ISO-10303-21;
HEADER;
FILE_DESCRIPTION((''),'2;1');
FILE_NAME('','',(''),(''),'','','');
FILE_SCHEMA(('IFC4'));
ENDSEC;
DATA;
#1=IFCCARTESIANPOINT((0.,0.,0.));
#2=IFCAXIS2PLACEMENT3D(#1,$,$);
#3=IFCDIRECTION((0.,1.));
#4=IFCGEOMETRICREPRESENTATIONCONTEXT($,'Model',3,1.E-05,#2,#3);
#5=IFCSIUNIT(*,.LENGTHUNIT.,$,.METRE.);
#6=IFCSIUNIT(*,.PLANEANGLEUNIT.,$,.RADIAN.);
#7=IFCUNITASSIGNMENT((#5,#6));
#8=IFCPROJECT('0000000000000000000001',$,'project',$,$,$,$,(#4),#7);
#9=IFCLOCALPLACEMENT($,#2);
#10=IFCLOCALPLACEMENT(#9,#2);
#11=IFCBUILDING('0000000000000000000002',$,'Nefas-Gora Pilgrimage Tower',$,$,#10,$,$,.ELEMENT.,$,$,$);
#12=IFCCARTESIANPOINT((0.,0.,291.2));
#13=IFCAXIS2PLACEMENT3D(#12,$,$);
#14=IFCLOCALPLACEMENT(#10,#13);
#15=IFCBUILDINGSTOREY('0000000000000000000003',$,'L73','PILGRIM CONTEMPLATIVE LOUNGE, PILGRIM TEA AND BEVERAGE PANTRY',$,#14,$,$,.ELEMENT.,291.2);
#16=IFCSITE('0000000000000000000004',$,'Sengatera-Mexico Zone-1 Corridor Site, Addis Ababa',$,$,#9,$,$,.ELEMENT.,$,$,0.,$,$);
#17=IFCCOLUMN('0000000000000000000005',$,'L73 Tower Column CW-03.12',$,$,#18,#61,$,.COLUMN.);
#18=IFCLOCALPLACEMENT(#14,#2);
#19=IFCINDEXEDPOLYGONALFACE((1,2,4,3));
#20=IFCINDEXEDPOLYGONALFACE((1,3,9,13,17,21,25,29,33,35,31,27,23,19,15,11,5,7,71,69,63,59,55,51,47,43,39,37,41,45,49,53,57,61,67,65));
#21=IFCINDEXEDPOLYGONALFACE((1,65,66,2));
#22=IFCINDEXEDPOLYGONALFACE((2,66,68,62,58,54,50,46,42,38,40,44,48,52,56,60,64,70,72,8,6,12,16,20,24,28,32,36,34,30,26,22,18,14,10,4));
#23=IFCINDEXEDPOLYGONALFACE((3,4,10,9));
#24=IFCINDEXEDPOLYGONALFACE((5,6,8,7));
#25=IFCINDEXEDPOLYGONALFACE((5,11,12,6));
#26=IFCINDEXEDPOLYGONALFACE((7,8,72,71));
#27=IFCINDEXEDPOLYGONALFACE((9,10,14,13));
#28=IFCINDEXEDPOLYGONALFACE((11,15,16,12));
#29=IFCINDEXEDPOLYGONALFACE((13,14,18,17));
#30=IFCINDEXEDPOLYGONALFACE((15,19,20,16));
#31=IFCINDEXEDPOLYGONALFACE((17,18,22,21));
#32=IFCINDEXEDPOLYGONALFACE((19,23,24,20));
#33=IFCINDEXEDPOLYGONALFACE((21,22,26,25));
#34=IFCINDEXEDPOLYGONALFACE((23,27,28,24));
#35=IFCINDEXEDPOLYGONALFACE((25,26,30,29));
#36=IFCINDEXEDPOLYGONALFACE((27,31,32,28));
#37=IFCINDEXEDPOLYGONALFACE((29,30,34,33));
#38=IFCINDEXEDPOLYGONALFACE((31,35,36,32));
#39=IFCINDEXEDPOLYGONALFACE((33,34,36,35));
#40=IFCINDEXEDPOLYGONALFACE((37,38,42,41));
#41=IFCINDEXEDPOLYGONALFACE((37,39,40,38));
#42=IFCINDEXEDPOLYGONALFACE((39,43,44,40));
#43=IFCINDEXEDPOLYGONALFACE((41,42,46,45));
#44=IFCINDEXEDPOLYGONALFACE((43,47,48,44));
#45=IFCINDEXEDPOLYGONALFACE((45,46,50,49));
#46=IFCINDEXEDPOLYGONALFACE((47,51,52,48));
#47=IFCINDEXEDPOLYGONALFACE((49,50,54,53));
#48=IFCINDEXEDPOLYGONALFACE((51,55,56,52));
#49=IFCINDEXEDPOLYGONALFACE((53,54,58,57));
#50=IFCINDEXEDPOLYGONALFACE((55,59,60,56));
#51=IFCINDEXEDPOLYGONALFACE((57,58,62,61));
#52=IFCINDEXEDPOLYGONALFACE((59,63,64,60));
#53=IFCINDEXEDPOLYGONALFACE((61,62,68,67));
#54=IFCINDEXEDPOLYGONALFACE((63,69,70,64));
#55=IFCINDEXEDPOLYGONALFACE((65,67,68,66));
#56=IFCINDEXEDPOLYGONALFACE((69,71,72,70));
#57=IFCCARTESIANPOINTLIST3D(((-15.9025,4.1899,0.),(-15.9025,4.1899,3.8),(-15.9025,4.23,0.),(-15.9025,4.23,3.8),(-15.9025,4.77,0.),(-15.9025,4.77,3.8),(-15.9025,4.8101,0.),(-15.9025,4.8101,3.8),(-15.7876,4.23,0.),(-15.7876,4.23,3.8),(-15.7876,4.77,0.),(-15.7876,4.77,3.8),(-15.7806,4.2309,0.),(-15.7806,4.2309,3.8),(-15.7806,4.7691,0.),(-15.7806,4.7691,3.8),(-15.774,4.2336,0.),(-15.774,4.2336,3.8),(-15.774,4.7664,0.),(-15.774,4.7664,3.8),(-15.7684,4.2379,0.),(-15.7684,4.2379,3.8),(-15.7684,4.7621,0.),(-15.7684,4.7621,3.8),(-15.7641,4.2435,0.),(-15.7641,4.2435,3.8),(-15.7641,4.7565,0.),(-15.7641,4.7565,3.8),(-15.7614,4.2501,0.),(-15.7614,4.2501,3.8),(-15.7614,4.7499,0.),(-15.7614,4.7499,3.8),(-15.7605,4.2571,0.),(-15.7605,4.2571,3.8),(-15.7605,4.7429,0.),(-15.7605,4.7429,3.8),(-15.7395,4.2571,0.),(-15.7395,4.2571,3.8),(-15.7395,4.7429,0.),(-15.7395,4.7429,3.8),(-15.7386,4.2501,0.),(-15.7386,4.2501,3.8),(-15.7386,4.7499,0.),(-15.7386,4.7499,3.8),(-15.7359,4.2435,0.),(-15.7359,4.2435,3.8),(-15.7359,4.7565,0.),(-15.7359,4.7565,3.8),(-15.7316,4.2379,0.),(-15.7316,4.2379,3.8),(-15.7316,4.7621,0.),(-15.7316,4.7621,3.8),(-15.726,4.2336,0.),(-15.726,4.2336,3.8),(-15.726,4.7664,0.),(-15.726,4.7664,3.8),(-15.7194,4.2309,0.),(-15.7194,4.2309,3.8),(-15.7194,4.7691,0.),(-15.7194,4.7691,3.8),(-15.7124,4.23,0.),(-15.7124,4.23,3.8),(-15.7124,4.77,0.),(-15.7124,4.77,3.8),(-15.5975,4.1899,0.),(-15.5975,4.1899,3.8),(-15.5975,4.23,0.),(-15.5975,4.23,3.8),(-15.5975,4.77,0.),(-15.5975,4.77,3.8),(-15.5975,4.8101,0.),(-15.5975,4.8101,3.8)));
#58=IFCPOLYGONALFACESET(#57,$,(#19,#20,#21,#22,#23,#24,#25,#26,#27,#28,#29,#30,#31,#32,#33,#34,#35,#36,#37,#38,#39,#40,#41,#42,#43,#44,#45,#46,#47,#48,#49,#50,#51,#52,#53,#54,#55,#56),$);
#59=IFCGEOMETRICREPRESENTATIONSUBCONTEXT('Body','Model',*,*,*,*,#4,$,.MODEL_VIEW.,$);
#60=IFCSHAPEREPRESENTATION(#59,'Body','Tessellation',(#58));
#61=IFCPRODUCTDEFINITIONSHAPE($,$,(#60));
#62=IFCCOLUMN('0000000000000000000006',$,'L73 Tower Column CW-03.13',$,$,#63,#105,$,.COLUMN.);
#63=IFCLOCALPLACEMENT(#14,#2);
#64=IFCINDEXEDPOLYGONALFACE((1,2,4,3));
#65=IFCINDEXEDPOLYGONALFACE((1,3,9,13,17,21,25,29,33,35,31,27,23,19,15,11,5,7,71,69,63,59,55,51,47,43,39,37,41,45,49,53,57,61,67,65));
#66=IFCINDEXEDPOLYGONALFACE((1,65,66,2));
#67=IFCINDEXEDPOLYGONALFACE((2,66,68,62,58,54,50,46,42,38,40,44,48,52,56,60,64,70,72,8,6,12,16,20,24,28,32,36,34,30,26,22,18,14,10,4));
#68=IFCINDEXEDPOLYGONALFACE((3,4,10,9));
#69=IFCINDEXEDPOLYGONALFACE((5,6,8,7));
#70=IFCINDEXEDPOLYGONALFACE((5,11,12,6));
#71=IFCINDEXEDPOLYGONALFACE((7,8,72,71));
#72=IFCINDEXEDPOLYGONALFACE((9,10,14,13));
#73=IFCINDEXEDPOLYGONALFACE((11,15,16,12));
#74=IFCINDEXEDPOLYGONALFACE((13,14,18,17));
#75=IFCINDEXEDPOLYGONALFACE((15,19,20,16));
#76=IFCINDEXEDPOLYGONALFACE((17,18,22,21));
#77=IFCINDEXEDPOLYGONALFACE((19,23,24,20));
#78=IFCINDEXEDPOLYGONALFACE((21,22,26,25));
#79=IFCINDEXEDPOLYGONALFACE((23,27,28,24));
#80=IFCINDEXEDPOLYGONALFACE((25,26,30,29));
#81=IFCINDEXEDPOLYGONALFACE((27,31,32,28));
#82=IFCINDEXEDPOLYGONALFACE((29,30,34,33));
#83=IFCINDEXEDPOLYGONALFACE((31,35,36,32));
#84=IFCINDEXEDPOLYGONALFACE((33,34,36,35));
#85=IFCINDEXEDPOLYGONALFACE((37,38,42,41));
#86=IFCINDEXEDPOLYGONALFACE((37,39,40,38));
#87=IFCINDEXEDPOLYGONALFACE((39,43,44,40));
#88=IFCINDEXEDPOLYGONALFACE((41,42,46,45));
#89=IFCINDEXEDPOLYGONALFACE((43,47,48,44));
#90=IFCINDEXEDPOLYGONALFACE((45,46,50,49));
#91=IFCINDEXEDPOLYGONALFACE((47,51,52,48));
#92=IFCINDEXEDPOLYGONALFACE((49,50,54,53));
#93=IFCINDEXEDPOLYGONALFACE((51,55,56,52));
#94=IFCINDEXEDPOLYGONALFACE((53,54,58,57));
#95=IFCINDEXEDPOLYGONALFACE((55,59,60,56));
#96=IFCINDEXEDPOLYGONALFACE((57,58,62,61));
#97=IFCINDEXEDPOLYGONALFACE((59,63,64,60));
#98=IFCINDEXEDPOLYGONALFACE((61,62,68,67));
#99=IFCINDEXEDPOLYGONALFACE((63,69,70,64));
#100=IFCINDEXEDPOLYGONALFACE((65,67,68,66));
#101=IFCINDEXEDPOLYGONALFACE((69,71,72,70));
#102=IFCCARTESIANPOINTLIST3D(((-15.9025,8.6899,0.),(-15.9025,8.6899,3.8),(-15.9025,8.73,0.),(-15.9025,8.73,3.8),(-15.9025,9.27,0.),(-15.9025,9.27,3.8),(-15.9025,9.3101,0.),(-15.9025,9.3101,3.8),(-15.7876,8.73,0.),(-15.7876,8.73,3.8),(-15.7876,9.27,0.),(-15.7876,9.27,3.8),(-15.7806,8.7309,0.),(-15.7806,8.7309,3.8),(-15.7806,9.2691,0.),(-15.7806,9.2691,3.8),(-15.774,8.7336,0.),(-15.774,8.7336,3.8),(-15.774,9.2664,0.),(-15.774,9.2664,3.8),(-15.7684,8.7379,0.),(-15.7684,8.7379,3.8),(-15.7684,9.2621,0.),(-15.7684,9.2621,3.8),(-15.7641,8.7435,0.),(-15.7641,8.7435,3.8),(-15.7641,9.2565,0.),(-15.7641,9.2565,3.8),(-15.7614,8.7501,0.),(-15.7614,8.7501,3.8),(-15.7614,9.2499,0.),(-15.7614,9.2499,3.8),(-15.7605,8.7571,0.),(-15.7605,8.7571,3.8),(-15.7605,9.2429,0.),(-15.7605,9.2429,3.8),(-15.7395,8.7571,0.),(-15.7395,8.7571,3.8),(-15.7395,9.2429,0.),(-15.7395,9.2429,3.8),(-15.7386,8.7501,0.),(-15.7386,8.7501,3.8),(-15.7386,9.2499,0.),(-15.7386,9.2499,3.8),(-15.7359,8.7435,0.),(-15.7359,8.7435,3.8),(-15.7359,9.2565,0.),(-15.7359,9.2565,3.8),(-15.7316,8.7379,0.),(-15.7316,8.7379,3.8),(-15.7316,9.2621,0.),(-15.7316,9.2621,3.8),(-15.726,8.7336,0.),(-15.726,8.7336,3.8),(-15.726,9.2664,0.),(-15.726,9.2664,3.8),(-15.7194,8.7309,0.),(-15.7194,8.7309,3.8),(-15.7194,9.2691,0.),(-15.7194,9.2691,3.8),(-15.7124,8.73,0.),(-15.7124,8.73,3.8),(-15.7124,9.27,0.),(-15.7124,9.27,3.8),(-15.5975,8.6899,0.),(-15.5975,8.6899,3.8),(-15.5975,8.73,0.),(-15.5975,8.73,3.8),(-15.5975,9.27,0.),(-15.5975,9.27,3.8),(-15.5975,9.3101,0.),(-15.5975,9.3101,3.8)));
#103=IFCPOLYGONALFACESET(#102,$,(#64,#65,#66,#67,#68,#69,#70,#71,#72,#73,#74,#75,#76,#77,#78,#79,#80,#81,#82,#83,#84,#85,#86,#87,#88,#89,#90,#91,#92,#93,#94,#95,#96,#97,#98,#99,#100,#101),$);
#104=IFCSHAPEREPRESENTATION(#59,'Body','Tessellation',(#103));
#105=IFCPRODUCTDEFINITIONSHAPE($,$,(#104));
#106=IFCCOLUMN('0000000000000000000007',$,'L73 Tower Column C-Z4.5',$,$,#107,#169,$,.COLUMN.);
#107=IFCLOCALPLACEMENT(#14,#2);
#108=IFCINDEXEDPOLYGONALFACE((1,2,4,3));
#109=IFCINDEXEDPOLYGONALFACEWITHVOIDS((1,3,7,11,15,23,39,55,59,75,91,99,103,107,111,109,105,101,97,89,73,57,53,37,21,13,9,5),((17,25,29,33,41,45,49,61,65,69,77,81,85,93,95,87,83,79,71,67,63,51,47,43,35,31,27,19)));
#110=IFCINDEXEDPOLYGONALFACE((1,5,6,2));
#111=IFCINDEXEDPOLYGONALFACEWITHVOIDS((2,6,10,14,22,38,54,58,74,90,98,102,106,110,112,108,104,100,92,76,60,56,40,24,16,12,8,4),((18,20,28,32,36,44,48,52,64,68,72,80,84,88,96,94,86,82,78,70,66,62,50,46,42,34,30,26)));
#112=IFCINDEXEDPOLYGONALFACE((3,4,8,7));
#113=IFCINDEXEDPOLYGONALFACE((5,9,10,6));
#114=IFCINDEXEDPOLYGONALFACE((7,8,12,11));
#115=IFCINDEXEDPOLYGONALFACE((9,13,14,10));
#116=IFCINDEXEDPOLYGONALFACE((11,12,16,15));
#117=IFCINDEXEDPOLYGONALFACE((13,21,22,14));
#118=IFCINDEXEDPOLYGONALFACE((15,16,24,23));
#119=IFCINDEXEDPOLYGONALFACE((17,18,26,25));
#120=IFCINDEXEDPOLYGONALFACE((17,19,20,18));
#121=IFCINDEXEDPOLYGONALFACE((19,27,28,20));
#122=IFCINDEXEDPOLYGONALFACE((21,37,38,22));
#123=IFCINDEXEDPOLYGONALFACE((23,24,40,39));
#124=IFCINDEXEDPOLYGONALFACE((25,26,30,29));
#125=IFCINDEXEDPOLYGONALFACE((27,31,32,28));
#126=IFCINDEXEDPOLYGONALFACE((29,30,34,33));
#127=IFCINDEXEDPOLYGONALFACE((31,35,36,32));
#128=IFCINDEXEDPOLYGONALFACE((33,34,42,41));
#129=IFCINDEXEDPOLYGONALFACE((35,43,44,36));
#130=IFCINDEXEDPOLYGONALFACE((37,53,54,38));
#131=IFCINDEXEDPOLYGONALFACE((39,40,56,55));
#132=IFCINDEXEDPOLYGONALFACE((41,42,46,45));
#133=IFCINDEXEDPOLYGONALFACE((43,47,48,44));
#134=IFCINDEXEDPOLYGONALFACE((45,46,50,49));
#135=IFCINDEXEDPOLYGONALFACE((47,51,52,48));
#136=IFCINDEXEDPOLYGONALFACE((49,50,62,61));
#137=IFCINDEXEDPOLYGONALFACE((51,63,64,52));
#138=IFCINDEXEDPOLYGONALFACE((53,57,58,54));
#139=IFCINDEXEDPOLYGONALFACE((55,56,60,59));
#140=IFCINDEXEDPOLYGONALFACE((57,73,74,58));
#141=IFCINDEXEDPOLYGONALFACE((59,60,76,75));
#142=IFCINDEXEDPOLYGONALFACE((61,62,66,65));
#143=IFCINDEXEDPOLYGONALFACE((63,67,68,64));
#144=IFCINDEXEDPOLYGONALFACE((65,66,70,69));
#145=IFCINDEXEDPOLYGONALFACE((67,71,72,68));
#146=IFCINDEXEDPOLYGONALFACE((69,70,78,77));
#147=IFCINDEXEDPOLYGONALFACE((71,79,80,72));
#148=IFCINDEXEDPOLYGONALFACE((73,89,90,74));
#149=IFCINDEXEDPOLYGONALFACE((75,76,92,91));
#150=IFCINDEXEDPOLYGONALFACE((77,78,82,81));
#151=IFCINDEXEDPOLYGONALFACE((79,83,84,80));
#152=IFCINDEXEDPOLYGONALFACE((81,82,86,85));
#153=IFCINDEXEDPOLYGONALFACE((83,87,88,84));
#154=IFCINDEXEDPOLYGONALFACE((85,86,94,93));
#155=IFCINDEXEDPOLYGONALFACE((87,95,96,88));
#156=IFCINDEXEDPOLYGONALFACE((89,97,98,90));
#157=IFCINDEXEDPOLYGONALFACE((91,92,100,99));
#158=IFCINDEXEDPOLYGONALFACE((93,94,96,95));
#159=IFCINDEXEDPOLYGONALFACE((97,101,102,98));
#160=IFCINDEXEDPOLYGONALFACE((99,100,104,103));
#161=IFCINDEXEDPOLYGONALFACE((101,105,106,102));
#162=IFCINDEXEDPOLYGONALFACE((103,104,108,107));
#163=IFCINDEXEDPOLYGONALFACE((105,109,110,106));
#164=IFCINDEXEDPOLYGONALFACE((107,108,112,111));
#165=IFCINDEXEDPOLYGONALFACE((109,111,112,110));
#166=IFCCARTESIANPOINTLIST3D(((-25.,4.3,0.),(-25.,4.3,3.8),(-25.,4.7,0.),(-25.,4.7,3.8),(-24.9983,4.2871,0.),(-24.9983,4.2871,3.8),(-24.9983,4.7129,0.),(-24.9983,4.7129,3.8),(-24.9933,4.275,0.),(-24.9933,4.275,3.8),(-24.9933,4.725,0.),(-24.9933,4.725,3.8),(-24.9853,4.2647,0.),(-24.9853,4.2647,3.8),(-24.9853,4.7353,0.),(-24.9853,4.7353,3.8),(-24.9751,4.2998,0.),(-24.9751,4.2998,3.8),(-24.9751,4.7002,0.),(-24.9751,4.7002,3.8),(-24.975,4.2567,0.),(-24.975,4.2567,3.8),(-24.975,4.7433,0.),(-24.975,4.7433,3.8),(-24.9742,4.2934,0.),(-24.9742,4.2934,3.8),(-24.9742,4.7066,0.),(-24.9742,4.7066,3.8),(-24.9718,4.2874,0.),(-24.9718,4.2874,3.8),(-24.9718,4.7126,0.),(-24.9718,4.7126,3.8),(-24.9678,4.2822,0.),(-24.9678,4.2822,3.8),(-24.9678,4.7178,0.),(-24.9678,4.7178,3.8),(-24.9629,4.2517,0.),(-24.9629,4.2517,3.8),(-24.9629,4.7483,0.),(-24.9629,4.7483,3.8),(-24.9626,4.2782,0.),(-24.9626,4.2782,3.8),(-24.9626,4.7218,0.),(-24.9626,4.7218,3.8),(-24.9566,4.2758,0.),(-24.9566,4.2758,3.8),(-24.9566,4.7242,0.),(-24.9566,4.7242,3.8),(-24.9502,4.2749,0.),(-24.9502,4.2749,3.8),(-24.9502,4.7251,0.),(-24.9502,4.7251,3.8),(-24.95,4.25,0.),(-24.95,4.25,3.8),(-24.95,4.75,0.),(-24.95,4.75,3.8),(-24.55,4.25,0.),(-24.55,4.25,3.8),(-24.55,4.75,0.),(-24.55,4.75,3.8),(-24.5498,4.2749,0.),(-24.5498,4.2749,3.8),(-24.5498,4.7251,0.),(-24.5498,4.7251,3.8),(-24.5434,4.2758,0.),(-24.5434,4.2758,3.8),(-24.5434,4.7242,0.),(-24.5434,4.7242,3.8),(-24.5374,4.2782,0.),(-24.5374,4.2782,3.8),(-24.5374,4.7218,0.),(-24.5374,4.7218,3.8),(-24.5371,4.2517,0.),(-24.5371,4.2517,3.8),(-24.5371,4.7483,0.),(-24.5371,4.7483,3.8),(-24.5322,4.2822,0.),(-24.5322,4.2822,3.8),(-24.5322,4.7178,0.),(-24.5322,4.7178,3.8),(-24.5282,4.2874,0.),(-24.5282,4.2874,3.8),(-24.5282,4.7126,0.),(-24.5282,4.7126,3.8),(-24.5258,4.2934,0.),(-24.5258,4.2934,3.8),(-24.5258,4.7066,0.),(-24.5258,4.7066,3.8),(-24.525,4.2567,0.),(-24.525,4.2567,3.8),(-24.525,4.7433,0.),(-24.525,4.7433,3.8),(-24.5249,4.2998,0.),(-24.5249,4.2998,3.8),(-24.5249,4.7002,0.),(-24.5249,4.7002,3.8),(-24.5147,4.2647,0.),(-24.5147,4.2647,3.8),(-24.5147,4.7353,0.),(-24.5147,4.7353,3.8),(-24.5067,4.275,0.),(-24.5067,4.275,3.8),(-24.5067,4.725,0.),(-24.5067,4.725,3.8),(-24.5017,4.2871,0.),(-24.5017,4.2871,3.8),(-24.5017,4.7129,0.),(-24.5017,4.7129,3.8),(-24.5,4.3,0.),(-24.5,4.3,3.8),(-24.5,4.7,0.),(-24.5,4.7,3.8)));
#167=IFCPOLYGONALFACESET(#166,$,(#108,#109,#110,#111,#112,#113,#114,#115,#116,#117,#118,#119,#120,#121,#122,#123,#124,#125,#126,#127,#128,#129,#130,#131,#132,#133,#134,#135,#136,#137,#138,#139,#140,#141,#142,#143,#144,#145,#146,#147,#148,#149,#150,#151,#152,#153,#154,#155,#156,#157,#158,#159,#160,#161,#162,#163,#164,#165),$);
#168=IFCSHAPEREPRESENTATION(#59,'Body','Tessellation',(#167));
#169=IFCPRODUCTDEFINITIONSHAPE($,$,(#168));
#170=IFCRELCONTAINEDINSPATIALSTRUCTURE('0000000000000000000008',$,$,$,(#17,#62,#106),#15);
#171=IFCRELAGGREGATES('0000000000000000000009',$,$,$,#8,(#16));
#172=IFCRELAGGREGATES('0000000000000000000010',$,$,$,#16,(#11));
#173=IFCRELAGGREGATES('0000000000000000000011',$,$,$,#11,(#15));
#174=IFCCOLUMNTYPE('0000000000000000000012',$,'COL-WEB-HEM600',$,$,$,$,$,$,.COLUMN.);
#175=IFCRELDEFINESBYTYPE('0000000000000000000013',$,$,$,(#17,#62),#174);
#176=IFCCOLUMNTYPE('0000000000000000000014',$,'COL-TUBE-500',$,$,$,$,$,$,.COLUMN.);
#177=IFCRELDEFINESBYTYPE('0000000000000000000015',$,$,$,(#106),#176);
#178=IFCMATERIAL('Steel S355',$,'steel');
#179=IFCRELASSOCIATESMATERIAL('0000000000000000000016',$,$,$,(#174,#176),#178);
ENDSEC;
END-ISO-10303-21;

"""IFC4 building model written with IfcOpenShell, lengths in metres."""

from ifc_helpers import new_model, si_unit, direction, frame, origin, origin_2d, place, context, subcontext, project, spatial, hollow_rectangle, i_section, extrude, source, transform, mapped, material, material_profile, profile_set, type_object, element, save


model = new_model("IFC4")

# Units and contexts
model_context = context("Model", 3, precision=1e-05, world=origin(), true_north=direction((0.0, 1.0)))
body_context = subcontext(model_context, "Body", "Model", "MODEL_VIEW")
ifc_project = project(units=[si_unit("LENGTHUNIT", "METRE"), si_unit("PLANEANGLEUNIT", "RADIAN")], contexts=[model_context])

# Site, building, storey
site_placement = place(None, origin())
site = spatial("IfcSite", under=ifc_project, at=site_placement, Name="Sengatera-Mexico Zone-1 Corridor Site, Addis Ababa", CompositionType="ELEMENT", RefElevation=0.0)
building_placement = place(site_placement, origin())
building = spatial("IfcBuilding", under=site, at=building_placement, Name="Nefas-Gora Pilgrimage Tower", CompositionType="ELEMENT")
storey_placement = place(building_placement, frame((0.0, 0.0, 291.2)))
storey = spatial("IfcBuildingStorey", under=building, at=storey_placement, Name="L73", Description="PILGRIM CONTEMPLATIVE LOUNGE, PILGRIM TEA AND BEVERAGE PANTRY", CompositionType="ELEMENT", Elevation=291.2)

# Columns
ifc_material_1 = material(Name="Steel S355", Category="steel")
ifc_material_profile_1 = material_profile(ifc_material_1, i_section(OverallWidth=0.3049, OverallDepth=0.6201, WebThickness=0.021, FlangeThickness=0.04, FilletRadius=0.0271, at=origin_2d()), Name="HEM 600")
ifc_profile_set_1 = profile_set([ifc_material_profile_1], Name="Steel S355")
column_type_1 = type_object("IfcColumnType", Name="COL-WEB-HEM600", PredefinedType="COLUMN", material=ifc_profile_set_1)
shared_shape_1 = source(origin(), body_context, "Body", "SweptSolid", [
    extrude(i_section(OverallWidth=0.3049, OverallDepth=0.6201, WebThickness=0.021, FlangeThickness=0.04, FilletRadius=0.0271, at=origin_2d()), origin(), (0.0, 0.0, 1.0), 3.8),
])
for number, where, z_axis, x_axis, name in (
    (1, (-15.75, 4.5, 0.0), (0.0, 0.0, 1.0), (1.0, 0.0, 0.0), "L73 Tower Column CW-03.12"),
    (2, (-15.75, 9.0, 0.0), (0.0, 0.0, 1.0), (1.0, 0.0, 0.0), "L73 Tower Column CW-03.13"),
):
    element("IfcColumn", number, at=place(storey_placement, frame(where, z_axis=z_axis, x_axis=x_axis)), inside=storey, type_object=column_type_1, Name=name, PredefinedType="COLUMN", context=body_context, shape_type="MappedRepresentation", body=[
        mapped(shared_shape_1, transform((0.0, 0.0, 0.0), x_axis=(1.0, 0.0, 0.0), y_axis=(0.0, 1.0, 0.0), z_axis=(0.0, 0.0, 1.0), scale=1.0)),
    ])
ifc_material_profile_2 = material_profile(ifc_material_1, hollow_rectangle(XDim=0.5, YDim=0.5, WallThickness=0.0249, InnerFilletRadius=0.0249, OuterFilletRadius=0.05, at=origin_2d()), Name="SHS 500x500x25")
ifc_profile_set_2 = profile_set([ifc_material_profile_2], Name="Steel S355")
column_type_2 = type_object("IfcColumnType", Name="COL-TUBE-500", PredefinedType="COLUMN", material=ifc_profile_set_2)
shared_shape_2 = source(origin(), body_context, "Body", "SweptSolid", [
    extrude(hollow_rectangle(XDim=0.5, YDim=0.5, WallThickness=0.0249, InnerFilletRadius=0.0249, OuterFilletRadius=0.05, at=origin_2d()), origin(), (0.0, 0.0, 1.0), 3.8),
])
for number, where, z_axis, x_axis, name in (
    (3, (-24.75, 4.5, 0.0), (0.0, 0.0, 1.0), (1.0, 0.0, 0.0), "L73 Tower Column C-Z4.5"),
):
    element("IfcColumn", number, at=place(storey_placement, frame(where, z_axis=z_axis, x_axis=x_axis)), inside=storey, type_object=column_type_2, Name=name, PredefinedType="COLUMN", context=body_context, shape_type="MappedRepresentation", body=[
        mapped(shared_shape_2, transform((0.0, 0.0, 0.0), x_axis=(1.0, 0.0, 0.0), y_axis=(0.0, 1.0, 0.0), z_axis=(0.0, 0.0, 1.0), scale=1.0)),
    ])

save(model, "model.ifc")
